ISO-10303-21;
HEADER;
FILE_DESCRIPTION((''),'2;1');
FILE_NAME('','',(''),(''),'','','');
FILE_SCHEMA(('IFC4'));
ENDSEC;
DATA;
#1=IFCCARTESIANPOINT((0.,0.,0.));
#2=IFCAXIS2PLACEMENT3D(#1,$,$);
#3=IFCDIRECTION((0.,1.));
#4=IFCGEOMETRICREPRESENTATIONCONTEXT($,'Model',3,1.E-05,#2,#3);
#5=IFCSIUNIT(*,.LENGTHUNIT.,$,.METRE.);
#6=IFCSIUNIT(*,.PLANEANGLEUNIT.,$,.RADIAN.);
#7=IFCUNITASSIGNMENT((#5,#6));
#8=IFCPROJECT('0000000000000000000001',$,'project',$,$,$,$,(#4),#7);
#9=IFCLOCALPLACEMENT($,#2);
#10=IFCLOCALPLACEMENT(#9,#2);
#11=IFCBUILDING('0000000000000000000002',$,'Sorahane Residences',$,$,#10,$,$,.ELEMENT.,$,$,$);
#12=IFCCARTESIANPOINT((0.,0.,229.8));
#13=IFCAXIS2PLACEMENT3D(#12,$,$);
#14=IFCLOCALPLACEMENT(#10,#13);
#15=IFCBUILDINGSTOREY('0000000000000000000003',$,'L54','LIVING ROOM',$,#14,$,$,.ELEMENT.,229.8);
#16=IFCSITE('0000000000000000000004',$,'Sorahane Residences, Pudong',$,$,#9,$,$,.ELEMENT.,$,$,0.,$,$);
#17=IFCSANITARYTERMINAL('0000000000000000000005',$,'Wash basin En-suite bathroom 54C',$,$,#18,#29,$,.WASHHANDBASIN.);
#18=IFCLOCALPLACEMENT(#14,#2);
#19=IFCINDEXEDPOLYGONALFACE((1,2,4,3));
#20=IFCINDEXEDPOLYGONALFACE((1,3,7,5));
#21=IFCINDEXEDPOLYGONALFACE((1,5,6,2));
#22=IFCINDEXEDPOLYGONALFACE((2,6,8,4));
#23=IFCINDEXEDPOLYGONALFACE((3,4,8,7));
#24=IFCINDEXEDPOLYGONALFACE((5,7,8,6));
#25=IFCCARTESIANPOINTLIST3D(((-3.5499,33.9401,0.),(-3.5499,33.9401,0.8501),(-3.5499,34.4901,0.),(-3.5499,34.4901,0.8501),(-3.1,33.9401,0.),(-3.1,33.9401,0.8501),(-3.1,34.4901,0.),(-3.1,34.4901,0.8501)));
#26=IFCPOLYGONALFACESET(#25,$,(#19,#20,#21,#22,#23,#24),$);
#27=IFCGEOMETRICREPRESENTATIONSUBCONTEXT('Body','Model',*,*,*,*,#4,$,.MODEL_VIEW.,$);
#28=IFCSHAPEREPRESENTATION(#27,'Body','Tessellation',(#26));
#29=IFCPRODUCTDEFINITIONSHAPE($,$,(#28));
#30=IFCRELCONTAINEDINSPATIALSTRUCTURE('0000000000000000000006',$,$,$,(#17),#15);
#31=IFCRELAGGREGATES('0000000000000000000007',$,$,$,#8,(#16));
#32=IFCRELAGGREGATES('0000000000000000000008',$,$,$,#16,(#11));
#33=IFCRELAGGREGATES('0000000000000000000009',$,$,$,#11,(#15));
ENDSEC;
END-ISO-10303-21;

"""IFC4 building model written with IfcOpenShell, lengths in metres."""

from ifc_helpers import new_model, si_unit, direction, frame, origin, origin_2d, place, context, subcontext, project, spatial, rectangle, extrude, element, save


model = new_model("IFC4")

# Units and contexts
model_context = context("Model", 3, precision=1e-05, world=origin(), true_north=direction((0.0, 1.0)))
body_context = subcontext(model_context, "Body", "Model", "MODEL_VIEW")
ifc_project = project(units=[si_unit("LENGTHUNIT", "METRE"), si_unit("PLANEANGLEUNIT", "RADIAN")], contexts=[model_context])

# Site, building, storey
site_placement = place(None, origin())
site = spatial("IfcSite", under=ifc_project, at=site_placement, Name="Sorahane Residences, Pudong", CompositionType="ELEMENT", RefElevation=0.0)
building_placement = place(site_placement, origin())
building = spatial("IfcBuilding", under=site, at=building_placement, Name="Sorahane Residences", CompositionType="ELEMENT")
storey_placement = place(building_placement, frame((0.0, 0.0, 229.8)))
storey = spatial("IfcBuildingStorey", under=building, at=storey_placement, Name="L54", Description="LIVING ROOM", CompositionType="ELEMENT", Elevation=229.8)

# Sanitary terminal
sanitary_terminal_1_placement = place(storey_placement, frame((-3.325, 34.2151, 0.0), z_axis=(0.0, 0.0, 1.0), x_axis=(0.0, -1.0, 0.0)))
element("IfcSanitaryTerminal", 1, at=sanitary_terminal_1_placement, inside=storey, Name="Wash basin En-suite bathroom 54C", PredefinedType="WASHHANDBASIN", context=body_context, shape_type="SweptSolid", body=[
    extrude(rectangle(XDim=0.55, YDim=0.45, at=origin_2d()), origin(), (0.0, 0.0, 1.0), 0.8501),
])

save(model, "model.ifc")
